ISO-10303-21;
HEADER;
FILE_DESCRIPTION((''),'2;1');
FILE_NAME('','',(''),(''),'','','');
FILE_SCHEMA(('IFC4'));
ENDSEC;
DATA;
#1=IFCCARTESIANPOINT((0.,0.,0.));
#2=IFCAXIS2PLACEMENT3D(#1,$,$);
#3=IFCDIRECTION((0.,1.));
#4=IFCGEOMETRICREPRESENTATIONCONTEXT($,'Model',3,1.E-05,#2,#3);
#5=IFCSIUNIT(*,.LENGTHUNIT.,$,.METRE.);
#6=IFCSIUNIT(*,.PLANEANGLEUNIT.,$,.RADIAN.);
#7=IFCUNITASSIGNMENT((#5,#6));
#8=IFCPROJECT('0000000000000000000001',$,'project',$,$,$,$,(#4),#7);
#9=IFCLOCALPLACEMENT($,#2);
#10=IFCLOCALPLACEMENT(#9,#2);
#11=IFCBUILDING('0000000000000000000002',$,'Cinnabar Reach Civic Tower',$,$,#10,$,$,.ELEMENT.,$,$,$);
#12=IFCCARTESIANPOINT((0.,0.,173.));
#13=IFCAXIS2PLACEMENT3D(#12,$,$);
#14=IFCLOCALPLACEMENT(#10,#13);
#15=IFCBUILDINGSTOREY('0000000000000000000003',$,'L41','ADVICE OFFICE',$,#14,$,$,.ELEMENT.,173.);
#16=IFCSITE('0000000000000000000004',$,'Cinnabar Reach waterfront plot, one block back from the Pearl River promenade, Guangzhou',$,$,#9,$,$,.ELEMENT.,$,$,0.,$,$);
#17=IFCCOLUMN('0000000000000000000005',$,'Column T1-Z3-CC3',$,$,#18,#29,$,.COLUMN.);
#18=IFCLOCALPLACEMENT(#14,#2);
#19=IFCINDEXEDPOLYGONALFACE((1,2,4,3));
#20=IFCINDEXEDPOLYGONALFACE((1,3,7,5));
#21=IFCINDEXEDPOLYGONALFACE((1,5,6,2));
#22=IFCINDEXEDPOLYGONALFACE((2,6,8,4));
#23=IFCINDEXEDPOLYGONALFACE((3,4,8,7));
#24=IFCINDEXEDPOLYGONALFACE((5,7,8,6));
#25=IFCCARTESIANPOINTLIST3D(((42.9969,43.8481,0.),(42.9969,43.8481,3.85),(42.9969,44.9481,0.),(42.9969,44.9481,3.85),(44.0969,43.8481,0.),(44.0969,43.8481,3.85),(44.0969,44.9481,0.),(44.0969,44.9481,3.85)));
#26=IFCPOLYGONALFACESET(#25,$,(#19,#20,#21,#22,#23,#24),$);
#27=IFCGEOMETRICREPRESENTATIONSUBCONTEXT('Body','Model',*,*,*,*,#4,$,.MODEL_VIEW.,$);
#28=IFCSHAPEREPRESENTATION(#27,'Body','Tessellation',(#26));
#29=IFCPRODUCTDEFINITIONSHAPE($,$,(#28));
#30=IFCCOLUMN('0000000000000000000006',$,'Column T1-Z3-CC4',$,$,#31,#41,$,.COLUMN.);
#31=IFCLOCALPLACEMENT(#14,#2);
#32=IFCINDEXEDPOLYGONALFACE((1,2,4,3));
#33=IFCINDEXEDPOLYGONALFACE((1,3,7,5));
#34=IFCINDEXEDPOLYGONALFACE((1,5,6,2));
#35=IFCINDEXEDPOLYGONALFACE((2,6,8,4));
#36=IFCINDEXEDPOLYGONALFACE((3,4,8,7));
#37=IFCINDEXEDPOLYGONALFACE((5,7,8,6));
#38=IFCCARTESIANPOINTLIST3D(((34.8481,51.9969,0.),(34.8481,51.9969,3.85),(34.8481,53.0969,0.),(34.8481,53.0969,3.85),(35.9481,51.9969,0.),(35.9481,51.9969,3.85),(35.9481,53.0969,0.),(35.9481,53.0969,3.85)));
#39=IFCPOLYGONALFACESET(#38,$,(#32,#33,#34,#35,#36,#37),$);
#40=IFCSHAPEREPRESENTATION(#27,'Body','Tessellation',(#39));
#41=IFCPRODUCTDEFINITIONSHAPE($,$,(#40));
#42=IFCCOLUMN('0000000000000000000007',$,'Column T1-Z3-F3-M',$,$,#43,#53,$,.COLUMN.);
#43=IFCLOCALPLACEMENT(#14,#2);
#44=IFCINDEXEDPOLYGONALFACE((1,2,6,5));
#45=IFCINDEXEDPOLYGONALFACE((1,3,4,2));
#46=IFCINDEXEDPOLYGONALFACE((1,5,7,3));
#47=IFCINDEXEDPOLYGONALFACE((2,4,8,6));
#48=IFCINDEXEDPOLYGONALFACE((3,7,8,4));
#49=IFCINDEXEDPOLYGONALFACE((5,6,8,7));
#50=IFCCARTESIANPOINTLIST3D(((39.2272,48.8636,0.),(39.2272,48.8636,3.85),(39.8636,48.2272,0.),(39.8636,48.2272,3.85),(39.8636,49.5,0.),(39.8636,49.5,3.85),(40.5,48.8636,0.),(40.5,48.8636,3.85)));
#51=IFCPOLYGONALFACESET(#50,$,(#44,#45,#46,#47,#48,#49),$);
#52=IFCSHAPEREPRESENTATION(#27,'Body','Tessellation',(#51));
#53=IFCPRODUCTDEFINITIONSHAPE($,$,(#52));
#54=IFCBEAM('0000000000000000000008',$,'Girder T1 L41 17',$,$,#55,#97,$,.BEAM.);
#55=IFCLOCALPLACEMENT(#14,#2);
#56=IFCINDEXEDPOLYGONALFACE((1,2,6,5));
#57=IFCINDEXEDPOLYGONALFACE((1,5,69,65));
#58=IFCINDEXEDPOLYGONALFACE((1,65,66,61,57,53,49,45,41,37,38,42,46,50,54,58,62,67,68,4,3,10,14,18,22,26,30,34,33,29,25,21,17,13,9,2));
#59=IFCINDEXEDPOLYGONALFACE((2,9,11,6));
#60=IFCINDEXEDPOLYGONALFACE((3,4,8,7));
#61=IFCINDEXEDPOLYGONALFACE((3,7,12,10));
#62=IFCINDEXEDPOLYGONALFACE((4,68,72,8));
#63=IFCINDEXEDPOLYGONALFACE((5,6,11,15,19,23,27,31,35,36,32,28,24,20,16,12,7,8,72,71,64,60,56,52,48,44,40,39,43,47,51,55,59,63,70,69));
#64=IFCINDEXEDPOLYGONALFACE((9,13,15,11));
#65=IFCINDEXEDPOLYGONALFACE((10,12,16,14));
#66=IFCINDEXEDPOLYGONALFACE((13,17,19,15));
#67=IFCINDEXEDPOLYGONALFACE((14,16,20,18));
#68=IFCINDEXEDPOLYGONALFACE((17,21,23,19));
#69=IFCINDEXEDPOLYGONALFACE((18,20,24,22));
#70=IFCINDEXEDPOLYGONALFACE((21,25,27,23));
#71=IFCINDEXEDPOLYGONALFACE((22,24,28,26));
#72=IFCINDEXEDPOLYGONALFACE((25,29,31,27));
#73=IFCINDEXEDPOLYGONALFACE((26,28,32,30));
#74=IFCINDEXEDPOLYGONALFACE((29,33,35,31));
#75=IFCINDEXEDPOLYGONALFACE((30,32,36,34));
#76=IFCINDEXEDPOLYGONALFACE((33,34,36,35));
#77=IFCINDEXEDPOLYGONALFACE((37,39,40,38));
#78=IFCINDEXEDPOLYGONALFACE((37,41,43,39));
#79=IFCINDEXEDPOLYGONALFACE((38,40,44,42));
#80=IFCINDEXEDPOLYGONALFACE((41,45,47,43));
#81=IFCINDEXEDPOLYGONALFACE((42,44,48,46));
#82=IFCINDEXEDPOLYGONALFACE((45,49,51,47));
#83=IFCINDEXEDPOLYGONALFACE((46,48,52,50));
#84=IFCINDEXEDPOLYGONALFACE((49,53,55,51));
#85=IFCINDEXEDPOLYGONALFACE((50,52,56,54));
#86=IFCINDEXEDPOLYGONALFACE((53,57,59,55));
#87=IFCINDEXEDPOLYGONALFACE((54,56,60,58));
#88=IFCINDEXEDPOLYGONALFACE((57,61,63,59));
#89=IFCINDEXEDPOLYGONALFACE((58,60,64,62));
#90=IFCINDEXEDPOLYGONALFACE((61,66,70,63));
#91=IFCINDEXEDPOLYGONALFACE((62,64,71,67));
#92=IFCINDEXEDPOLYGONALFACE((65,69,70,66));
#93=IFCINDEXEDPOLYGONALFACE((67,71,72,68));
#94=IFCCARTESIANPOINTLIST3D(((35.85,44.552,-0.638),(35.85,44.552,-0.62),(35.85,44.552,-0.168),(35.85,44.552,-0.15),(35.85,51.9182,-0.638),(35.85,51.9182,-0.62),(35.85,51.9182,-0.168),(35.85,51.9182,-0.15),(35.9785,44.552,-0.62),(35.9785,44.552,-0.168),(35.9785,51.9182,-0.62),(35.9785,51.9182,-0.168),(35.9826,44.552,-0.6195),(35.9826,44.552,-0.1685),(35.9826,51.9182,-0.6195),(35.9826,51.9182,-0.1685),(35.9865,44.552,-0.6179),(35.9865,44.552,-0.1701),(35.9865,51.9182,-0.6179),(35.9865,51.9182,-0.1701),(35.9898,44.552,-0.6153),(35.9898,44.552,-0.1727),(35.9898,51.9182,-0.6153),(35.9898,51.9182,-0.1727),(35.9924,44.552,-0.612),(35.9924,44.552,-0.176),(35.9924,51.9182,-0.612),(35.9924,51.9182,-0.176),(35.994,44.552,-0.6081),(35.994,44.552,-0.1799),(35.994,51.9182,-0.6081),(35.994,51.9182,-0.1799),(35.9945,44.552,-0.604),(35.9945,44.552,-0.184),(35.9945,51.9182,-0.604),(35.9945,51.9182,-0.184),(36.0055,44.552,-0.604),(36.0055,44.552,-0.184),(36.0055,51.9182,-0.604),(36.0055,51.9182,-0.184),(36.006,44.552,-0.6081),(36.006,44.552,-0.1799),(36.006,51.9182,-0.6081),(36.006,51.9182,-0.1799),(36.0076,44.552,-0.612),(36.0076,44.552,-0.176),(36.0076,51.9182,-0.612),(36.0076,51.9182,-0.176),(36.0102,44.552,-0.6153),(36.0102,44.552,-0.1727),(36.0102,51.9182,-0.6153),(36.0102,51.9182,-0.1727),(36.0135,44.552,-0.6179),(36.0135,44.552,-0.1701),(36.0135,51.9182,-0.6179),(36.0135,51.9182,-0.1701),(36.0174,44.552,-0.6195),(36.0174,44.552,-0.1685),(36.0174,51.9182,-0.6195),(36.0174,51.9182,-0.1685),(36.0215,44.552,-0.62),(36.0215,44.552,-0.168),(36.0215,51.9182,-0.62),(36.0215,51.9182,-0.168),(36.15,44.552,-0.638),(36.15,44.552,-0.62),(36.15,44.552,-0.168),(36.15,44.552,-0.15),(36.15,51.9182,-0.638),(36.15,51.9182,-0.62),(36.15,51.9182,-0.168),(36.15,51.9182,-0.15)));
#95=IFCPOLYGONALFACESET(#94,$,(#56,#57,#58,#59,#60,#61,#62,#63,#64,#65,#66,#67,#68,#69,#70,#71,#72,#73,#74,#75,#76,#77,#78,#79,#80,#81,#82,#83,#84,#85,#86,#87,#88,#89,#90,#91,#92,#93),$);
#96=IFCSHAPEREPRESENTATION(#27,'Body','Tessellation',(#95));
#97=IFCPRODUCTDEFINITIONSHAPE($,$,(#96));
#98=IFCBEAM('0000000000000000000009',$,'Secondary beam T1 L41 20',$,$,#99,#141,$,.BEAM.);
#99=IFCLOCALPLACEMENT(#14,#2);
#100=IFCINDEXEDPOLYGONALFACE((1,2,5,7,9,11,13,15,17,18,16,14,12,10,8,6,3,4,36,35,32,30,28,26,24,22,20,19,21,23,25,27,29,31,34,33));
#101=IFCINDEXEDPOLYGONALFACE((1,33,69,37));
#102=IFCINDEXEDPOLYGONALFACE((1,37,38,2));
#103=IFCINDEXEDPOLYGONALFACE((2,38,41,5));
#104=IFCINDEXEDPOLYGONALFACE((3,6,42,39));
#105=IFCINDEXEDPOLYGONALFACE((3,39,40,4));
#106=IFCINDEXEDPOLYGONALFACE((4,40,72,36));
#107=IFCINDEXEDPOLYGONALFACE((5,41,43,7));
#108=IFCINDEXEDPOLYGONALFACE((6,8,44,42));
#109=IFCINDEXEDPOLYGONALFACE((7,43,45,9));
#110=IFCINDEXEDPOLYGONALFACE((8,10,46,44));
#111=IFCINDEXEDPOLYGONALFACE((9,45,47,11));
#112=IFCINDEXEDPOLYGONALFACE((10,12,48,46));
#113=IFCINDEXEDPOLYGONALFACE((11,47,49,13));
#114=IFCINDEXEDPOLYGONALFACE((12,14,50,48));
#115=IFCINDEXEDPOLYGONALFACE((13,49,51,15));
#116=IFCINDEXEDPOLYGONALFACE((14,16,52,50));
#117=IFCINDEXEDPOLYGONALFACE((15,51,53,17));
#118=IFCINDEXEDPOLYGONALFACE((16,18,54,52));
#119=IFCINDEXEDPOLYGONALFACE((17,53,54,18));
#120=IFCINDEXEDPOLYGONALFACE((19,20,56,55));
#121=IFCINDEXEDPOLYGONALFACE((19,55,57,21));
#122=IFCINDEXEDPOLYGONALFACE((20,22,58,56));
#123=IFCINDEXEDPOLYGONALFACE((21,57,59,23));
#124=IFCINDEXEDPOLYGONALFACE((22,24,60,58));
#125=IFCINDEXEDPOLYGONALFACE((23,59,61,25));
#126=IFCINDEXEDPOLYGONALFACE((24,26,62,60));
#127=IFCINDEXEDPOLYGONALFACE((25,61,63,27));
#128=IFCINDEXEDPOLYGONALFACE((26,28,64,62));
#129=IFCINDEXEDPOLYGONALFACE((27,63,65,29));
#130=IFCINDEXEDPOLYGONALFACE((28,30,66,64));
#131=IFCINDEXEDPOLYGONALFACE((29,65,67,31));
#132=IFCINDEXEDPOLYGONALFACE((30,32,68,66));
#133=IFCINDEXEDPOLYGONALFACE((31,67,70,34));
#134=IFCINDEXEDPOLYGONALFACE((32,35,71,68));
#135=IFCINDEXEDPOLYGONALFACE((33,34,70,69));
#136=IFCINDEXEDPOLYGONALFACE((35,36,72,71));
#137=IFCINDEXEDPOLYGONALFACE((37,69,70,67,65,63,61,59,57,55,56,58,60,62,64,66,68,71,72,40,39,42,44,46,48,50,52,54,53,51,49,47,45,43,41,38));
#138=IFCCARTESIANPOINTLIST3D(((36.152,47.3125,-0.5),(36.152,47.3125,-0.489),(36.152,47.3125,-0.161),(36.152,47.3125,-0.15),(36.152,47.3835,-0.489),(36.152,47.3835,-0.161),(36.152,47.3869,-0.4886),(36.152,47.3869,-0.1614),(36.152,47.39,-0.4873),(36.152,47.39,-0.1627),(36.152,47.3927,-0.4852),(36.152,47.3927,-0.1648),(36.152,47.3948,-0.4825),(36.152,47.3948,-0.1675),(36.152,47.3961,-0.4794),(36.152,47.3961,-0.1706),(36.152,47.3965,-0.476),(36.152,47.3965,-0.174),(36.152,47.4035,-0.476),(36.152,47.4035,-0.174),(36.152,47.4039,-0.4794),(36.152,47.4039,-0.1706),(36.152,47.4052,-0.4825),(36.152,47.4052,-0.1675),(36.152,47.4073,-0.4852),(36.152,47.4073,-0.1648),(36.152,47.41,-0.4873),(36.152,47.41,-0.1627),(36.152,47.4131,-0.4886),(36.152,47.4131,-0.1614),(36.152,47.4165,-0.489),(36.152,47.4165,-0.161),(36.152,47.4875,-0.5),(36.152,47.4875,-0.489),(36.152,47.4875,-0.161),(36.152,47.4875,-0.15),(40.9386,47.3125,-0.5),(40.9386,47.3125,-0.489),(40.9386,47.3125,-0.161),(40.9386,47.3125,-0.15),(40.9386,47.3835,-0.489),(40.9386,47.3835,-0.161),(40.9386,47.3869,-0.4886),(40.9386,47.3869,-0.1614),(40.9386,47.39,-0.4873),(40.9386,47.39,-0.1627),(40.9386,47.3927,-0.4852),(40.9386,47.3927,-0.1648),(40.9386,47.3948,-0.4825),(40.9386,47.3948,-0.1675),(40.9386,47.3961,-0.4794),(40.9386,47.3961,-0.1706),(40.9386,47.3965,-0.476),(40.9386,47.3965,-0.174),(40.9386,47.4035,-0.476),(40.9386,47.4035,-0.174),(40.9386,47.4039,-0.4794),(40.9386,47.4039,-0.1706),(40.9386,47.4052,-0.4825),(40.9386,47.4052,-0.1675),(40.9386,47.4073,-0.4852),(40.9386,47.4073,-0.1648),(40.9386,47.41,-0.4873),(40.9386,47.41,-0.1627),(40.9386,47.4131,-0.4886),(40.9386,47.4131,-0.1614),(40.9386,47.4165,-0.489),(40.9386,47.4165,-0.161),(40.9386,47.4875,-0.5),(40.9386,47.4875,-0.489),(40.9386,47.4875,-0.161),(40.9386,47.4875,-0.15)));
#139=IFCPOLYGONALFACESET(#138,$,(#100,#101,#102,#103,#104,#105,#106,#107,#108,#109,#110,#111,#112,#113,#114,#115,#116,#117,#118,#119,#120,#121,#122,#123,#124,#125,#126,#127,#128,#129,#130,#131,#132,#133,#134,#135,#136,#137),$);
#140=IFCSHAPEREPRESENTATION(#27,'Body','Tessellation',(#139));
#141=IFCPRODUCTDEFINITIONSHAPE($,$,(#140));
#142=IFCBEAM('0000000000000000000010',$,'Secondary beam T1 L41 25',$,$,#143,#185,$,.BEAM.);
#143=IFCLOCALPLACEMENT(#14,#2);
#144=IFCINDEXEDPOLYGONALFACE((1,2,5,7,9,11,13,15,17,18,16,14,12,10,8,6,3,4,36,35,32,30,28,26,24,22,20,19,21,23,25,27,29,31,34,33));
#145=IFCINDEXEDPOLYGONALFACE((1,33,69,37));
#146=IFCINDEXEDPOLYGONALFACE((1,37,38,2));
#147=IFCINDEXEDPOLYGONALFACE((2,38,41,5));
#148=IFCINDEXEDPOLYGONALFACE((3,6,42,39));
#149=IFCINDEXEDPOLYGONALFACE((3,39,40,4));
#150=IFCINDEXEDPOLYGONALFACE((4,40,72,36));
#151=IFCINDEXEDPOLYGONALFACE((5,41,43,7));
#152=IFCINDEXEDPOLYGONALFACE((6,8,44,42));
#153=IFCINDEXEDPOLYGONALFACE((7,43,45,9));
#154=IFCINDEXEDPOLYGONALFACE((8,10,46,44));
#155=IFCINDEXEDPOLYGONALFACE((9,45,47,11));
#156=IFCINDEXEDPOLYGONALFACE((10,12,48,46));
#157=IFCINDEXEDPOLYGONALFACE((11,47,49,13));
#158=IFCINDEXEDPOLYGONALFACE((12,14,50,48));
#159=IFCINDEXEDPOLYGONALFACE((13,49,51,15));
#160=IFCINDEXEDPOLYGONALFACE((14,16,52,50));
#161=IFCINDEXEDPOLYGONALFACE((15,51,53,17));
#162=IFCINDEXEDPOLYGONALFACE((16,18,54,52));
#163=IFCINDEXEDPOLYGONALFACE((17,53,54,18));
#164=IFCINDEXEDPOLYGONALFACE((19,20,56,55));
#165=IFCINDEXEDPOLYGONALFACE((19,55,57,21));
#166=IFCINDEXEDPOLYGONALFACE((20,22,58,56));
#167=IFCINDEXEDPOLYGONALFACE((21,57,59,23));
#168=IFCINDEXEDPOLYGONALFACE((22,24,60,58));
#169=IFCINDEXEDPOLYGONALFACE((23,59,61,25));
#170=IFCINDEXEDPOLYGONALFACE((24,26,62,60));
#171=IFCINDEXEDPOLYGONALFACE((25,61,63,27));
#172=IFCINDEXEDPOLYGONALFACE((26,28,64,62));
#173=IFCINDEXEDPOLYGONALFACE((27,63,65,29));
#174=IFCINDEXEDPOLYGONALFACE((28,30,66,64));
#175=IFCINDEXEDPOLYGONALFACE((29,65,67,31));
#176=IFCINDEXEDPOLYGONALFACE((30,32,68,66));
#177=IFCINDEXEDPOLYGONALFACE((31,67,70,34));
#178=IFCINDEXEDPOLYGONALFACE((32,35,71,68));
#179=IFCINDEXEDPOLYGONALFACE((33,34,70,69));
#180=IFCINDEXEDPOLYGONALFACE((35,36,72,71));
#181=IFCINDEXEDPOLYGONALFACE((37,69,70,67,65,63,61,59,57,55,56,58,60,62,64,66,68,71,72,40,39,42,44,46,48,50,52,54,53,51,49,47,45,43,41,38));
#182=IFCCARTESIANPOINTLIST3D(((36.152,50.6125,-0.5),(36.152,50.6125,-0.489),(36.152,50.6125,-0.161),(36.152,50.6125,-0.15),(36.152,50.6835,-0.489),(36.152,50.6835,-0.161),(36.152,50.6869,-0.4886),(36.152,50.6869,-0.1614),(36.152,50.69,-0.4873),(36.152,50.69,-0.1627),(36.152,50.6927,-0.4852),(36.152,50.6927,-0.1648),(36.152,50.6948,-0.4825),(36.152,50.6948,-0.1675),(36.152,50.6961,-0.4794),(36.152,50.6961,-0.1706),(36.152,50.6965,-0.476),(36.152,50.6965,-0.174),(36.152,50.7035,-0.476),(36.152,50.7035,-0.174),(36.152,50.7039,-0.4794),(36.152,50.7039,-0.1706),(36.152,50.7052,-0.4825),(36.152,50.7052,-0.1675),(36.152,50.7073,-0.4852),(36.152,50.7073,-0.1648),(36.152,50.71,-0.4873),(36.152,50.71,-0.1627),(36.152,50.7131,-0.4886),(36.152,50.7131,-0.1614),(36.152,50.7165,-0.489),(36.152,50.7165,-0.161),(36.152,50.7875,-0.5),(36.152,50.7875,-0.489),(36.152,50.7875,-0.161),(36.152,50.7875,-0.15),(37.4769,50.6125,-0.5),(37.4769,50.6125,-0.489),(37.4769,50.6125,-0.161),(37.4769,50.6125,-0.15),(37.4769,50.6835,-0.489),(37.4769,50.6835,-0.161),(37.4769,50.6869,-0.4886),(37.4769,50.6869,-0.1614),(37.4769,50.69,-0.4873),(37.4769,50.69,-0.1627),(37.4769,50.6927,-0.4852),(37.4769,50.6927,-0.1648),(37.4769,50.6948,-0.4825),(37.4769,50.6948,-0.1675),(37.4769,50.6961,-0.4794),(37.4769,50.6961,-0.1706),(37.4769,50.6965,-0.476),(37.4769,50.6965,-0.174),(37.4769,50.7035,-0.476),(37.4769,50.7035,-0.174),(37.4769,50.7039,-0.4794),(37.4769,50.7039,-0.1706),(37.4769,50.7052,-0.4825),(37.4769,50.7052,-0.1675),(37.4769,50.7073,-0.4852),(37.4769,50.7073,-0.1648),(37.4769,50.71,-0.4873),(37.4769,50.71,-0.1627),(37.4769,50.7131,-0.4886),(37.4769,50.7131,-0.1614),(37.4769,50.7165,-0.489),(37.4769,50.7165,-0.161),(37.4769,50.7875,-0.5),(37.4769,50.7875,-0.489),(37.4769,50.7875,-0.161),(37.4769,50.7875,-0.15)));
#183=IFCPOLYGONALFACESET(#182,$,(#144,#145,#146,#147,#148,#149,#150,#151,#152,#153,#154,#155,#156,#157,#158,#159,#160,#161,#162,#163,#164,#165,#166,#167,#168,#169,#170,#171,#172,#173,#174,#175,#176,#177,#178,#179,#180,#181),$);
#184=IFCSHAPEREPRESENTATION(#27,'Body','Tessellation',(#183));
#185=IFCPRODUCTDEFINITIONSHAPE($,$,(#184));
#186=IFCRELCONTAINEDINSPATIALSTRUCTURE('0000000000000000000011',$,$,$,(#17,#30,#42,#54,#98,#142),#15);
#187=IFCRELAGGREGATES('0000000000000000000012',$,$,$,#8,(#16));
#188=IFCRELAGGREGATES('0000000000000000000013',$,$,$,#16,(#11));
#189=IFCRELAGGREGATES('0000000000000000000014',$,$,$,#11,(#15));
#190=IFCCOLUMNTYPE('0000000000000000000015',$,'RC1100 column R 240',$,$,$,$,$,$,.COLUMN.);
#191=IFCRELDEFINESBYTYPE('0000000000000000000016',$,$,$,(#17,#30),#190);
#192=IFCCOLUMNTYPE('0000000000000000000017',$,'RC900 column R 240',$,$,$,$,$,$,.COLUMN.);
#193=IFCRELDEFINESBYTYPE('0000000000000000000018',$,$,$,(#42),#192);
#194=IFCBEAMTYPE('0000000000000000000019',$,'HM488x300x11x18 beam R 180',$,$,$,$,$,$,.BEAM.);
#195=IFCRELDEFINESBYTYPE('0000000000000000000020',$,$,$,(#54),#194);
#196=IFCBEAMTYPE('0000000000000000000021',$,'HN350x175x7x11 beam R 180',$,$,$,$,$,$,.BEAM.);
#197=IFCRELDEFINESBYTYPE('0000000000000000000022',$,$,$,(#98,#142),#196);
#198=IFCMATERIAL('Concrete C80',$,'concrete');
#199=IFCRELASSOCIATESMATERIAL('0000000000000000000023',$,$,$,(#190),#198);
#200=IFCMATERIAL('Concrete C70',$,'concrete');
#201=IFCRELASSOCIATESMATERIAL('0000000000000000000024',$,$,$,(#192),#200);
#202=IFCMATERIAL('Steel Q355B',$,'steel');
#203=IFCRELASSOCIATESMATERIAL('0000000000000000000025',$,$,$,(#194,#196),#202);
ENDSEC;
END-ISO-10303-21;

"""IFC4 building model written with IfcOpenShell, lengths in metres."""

from ifc_helpers import new_model, si_unit, direction, frame, origin, origin_2d, place, context, subcontext, project, spatial, rectangle, i_section, extrude, material, material_profile, profile_set, type_object, element, save


model = new_model("IFC4")

# Units and contexts
model_context = context("Model", 3, precision=1e-05, world=origin(), true_north=direction((0.0, 1.0)))
body_context = subcontext(model_context, "Body", "Model", "MODEL_VIEW")
ifc_project = project(units=[si_unit("LENGTHUNIT", "METRE"), si_unit("PLANEANGLEUNIT", "RADIAN")], contexts=[model_context])

# Site, building, storey
site_placement = place(None, origin())
site = spatial("IfcSite", under=ifc_project, at=site_placement, Name="Cinnabar Reach waterfront plot, one block back from the Pearl River promenade, Guangzhou", CompositionType="ELEMENT", RefElevation=0.0)
building_placement = place(site_placement, origin())
building = spatial("IfcBuilding", under=site, at=building_placement, Name="Cinnabar Reach Civic Tower", CompositionType="ELEMENT")
storey_placement = place(building_placement, frame((0.0, 0.0, 173.0)))
storey = spatial("IfcBuildingStorey", under=building, at=storey_placement, Name="L41", Description="ADVICE OFFICE", CompositionType="ELEMENT", Elevation=173.0)

# Columns
ifc_material_1 = material(Name="Concrete C80", Category="concrete")
ifc_material_profile_1 = material_profile(ifc_material_1, rectangle(XDim=1.1, YDim=1.1, at=origin_2d()), Name="RC1100")
ifc_profile_set_1 = profile_set([ifc_material_profile_1], Name="Concrete C80")
column_type_1 = type_object("IfcColumnType", Name="RC1100 column R 240", PredefinedType="COLUMN", material=ifc_profile_set_1)
for number, where, z_axis, x_axis, name in (
    (1, (43.5469, 44.3981, 0.0), (0.0, 0.0, 1.0), (1.0, 0.0, 0.0), "Column T1-Z3-CC3"),
    (2, (35.3981, 52.5469, 0.0), (0.0, 0.0, 1.0), (1.0, 0.0, 0.0), "Column T1-Z3-CC4"),
):
    element("IfcColumn", number, at=place(storey_placement, frame(where, z_axis=z_axis, x_axis=x_axis)), inside=storey, type_object=column_type_1, Name=name, PredefinedType="COLUMN", context=body_context, shape_type="SweptSolid", body=[
        extrude(rectangle(XDim=1.1, YDim=1.1, at=origin_2d()), origin(), (0.0, 0.0, 1.0), 3.85),
    ])
ifc_material_2 = material(Name="Concrete C70", Category="concrete")
ifc_material_profile_2 = material_profile(ifc_material_2, rectangle(XDim=0.9, YDim=0.9, at=origin_2d()), Name="RC900")
ifc_profile_set_2 = profile_set([ifc_material_profile_2], Name="Concrete C70")
column_type_2 = type_object("IfcColumnType", Name="RC900 column R 240", PredefinedType="COLUMN", material=ifc_profile_set_2)
column_placement = place(storey_placement, frame((39.8636, 48.8636, 0.0), z_axis=(0.0, 0.0, 1.0), x_axis=(0.707107, 0.707107, 0.0)))
element("IfcColumn", 3, at=column_placement, inside=storey, type_object=column_type_2, Name="Column T1-Z3-F3-M", PredefinedType="COLUMN", context=body_context, shape_type="SweptSolid", body=[
    extrude(rectangle(XDim=0.9, YDim=0.9, at=origin_2d()), origin(), (0.0, 0.0, 1.0), 3.85),
])

# Beams
ifc_material_3 = material(Name="Steel Q355B", Category="steel")
ifc_material_profile_3 = material_profile(ifc_material_3, i_section(OverallWidth=0.3, OverallDepth=0.488, WebThickness=0.011, FlangeThickness=0.018, FilletRadius=0.016, at=origin_2d()), Name="HM488x300x11x18")
ifc_profile_set_3 = profile_set([ifc_material_profile_3], Name="Steel Q355B")
beam_type_1 = type_object("IfcBeamType", Name="HM488x300x11x18 beam R 180", PredefinedType="BEAM", material=ifc_profile_set_3)
beam_1_placement = place(storey_placement, frame((36.0, 44.552, -0.394), z_axis=(0.0, 1.0, 0.0), x_axis=(-1.0, 0.0, 0.0)))
element("IfcBeam", 4, at=beam_1_placement, inside=storey, type_object=beam_type_1, Name="Girder T1 L41 17", PredefinedType="BEAM", context=body_context, shape_type="SweptSolid", body=[
    extrude(i_section(OverallWidth=0.3, OverallDepth=0.488, WebThickness=0.011, FlangeThickness=0.018, FilletRadius=0.016, at=origin_2d()), origin(), (0.0, 0.0, 1.0), 7.3662),
])
ifc_material_profile_4 = material_profile(ifc_material_3, i_section(OverallWidth=0.175, OverallDepth=0.35, WebThickness=0.007, FlangeThickness=0.011, FilletRadius=0.013, at=origin_2d()), Name="HN350x175x7x11")
ifc_profile_set_4 = profile_set([ifc_material_profile_4], Name="Steel Q355B")
beam_type_2 = type_object("IfcBeamType", Name="HN350x175x7x11 beam R 180", PredefinedType="BEAM", material=ifc_profile_set_4)
beam_2_placement = place(storey_placement, frame((36.152, 47.4, -0.325), z_axis=(1.0, 0.0, 0.0), x_axis=(0.0, 1.0, 0.0)))
element("IfcBeam", 5, at=beam_2_placement, inside=storey, type_object=beam_type_2, Name="Secondary beam T1 L41 20", PredefinedType="BEAM", context=body_context, shape_type="SweptSolid", body=[
    extrude(i_section(OverallWidth=0.175, OverallDepth=0.35, WebThickness=0.007, FlangeThickness=0.011, FilletRadius=0.013, at=origin_2d()), origin(), (0.0, 0.0, 1.0), 4.7866),
])
beam_3_placement = place(storey_placement, frame((36.152, 50.7, -0.325), z_axis=(1.0, 0.0, 0.0), x_axis=(0.0, 1.0, 0.0)))
element("IfcBeam", 6, at=beam_3_placement, inside=storey, type_object=beam_type_2, Name="Secondary beam T1 L41 25", PredefinedType="BEAM", context=body_context, shape_type="SweptSolid", body=[
    extrude(i_section(OverallWidth=0.175, OverallDepth=0.35, WebThickness=0.007, FlangeThickness=0.011, FilletRadius=0.013, at=origin_2d()), origin(), (0.0, 0.0, 1.0), 1.3249),
])

save(model, "model.ifc")
